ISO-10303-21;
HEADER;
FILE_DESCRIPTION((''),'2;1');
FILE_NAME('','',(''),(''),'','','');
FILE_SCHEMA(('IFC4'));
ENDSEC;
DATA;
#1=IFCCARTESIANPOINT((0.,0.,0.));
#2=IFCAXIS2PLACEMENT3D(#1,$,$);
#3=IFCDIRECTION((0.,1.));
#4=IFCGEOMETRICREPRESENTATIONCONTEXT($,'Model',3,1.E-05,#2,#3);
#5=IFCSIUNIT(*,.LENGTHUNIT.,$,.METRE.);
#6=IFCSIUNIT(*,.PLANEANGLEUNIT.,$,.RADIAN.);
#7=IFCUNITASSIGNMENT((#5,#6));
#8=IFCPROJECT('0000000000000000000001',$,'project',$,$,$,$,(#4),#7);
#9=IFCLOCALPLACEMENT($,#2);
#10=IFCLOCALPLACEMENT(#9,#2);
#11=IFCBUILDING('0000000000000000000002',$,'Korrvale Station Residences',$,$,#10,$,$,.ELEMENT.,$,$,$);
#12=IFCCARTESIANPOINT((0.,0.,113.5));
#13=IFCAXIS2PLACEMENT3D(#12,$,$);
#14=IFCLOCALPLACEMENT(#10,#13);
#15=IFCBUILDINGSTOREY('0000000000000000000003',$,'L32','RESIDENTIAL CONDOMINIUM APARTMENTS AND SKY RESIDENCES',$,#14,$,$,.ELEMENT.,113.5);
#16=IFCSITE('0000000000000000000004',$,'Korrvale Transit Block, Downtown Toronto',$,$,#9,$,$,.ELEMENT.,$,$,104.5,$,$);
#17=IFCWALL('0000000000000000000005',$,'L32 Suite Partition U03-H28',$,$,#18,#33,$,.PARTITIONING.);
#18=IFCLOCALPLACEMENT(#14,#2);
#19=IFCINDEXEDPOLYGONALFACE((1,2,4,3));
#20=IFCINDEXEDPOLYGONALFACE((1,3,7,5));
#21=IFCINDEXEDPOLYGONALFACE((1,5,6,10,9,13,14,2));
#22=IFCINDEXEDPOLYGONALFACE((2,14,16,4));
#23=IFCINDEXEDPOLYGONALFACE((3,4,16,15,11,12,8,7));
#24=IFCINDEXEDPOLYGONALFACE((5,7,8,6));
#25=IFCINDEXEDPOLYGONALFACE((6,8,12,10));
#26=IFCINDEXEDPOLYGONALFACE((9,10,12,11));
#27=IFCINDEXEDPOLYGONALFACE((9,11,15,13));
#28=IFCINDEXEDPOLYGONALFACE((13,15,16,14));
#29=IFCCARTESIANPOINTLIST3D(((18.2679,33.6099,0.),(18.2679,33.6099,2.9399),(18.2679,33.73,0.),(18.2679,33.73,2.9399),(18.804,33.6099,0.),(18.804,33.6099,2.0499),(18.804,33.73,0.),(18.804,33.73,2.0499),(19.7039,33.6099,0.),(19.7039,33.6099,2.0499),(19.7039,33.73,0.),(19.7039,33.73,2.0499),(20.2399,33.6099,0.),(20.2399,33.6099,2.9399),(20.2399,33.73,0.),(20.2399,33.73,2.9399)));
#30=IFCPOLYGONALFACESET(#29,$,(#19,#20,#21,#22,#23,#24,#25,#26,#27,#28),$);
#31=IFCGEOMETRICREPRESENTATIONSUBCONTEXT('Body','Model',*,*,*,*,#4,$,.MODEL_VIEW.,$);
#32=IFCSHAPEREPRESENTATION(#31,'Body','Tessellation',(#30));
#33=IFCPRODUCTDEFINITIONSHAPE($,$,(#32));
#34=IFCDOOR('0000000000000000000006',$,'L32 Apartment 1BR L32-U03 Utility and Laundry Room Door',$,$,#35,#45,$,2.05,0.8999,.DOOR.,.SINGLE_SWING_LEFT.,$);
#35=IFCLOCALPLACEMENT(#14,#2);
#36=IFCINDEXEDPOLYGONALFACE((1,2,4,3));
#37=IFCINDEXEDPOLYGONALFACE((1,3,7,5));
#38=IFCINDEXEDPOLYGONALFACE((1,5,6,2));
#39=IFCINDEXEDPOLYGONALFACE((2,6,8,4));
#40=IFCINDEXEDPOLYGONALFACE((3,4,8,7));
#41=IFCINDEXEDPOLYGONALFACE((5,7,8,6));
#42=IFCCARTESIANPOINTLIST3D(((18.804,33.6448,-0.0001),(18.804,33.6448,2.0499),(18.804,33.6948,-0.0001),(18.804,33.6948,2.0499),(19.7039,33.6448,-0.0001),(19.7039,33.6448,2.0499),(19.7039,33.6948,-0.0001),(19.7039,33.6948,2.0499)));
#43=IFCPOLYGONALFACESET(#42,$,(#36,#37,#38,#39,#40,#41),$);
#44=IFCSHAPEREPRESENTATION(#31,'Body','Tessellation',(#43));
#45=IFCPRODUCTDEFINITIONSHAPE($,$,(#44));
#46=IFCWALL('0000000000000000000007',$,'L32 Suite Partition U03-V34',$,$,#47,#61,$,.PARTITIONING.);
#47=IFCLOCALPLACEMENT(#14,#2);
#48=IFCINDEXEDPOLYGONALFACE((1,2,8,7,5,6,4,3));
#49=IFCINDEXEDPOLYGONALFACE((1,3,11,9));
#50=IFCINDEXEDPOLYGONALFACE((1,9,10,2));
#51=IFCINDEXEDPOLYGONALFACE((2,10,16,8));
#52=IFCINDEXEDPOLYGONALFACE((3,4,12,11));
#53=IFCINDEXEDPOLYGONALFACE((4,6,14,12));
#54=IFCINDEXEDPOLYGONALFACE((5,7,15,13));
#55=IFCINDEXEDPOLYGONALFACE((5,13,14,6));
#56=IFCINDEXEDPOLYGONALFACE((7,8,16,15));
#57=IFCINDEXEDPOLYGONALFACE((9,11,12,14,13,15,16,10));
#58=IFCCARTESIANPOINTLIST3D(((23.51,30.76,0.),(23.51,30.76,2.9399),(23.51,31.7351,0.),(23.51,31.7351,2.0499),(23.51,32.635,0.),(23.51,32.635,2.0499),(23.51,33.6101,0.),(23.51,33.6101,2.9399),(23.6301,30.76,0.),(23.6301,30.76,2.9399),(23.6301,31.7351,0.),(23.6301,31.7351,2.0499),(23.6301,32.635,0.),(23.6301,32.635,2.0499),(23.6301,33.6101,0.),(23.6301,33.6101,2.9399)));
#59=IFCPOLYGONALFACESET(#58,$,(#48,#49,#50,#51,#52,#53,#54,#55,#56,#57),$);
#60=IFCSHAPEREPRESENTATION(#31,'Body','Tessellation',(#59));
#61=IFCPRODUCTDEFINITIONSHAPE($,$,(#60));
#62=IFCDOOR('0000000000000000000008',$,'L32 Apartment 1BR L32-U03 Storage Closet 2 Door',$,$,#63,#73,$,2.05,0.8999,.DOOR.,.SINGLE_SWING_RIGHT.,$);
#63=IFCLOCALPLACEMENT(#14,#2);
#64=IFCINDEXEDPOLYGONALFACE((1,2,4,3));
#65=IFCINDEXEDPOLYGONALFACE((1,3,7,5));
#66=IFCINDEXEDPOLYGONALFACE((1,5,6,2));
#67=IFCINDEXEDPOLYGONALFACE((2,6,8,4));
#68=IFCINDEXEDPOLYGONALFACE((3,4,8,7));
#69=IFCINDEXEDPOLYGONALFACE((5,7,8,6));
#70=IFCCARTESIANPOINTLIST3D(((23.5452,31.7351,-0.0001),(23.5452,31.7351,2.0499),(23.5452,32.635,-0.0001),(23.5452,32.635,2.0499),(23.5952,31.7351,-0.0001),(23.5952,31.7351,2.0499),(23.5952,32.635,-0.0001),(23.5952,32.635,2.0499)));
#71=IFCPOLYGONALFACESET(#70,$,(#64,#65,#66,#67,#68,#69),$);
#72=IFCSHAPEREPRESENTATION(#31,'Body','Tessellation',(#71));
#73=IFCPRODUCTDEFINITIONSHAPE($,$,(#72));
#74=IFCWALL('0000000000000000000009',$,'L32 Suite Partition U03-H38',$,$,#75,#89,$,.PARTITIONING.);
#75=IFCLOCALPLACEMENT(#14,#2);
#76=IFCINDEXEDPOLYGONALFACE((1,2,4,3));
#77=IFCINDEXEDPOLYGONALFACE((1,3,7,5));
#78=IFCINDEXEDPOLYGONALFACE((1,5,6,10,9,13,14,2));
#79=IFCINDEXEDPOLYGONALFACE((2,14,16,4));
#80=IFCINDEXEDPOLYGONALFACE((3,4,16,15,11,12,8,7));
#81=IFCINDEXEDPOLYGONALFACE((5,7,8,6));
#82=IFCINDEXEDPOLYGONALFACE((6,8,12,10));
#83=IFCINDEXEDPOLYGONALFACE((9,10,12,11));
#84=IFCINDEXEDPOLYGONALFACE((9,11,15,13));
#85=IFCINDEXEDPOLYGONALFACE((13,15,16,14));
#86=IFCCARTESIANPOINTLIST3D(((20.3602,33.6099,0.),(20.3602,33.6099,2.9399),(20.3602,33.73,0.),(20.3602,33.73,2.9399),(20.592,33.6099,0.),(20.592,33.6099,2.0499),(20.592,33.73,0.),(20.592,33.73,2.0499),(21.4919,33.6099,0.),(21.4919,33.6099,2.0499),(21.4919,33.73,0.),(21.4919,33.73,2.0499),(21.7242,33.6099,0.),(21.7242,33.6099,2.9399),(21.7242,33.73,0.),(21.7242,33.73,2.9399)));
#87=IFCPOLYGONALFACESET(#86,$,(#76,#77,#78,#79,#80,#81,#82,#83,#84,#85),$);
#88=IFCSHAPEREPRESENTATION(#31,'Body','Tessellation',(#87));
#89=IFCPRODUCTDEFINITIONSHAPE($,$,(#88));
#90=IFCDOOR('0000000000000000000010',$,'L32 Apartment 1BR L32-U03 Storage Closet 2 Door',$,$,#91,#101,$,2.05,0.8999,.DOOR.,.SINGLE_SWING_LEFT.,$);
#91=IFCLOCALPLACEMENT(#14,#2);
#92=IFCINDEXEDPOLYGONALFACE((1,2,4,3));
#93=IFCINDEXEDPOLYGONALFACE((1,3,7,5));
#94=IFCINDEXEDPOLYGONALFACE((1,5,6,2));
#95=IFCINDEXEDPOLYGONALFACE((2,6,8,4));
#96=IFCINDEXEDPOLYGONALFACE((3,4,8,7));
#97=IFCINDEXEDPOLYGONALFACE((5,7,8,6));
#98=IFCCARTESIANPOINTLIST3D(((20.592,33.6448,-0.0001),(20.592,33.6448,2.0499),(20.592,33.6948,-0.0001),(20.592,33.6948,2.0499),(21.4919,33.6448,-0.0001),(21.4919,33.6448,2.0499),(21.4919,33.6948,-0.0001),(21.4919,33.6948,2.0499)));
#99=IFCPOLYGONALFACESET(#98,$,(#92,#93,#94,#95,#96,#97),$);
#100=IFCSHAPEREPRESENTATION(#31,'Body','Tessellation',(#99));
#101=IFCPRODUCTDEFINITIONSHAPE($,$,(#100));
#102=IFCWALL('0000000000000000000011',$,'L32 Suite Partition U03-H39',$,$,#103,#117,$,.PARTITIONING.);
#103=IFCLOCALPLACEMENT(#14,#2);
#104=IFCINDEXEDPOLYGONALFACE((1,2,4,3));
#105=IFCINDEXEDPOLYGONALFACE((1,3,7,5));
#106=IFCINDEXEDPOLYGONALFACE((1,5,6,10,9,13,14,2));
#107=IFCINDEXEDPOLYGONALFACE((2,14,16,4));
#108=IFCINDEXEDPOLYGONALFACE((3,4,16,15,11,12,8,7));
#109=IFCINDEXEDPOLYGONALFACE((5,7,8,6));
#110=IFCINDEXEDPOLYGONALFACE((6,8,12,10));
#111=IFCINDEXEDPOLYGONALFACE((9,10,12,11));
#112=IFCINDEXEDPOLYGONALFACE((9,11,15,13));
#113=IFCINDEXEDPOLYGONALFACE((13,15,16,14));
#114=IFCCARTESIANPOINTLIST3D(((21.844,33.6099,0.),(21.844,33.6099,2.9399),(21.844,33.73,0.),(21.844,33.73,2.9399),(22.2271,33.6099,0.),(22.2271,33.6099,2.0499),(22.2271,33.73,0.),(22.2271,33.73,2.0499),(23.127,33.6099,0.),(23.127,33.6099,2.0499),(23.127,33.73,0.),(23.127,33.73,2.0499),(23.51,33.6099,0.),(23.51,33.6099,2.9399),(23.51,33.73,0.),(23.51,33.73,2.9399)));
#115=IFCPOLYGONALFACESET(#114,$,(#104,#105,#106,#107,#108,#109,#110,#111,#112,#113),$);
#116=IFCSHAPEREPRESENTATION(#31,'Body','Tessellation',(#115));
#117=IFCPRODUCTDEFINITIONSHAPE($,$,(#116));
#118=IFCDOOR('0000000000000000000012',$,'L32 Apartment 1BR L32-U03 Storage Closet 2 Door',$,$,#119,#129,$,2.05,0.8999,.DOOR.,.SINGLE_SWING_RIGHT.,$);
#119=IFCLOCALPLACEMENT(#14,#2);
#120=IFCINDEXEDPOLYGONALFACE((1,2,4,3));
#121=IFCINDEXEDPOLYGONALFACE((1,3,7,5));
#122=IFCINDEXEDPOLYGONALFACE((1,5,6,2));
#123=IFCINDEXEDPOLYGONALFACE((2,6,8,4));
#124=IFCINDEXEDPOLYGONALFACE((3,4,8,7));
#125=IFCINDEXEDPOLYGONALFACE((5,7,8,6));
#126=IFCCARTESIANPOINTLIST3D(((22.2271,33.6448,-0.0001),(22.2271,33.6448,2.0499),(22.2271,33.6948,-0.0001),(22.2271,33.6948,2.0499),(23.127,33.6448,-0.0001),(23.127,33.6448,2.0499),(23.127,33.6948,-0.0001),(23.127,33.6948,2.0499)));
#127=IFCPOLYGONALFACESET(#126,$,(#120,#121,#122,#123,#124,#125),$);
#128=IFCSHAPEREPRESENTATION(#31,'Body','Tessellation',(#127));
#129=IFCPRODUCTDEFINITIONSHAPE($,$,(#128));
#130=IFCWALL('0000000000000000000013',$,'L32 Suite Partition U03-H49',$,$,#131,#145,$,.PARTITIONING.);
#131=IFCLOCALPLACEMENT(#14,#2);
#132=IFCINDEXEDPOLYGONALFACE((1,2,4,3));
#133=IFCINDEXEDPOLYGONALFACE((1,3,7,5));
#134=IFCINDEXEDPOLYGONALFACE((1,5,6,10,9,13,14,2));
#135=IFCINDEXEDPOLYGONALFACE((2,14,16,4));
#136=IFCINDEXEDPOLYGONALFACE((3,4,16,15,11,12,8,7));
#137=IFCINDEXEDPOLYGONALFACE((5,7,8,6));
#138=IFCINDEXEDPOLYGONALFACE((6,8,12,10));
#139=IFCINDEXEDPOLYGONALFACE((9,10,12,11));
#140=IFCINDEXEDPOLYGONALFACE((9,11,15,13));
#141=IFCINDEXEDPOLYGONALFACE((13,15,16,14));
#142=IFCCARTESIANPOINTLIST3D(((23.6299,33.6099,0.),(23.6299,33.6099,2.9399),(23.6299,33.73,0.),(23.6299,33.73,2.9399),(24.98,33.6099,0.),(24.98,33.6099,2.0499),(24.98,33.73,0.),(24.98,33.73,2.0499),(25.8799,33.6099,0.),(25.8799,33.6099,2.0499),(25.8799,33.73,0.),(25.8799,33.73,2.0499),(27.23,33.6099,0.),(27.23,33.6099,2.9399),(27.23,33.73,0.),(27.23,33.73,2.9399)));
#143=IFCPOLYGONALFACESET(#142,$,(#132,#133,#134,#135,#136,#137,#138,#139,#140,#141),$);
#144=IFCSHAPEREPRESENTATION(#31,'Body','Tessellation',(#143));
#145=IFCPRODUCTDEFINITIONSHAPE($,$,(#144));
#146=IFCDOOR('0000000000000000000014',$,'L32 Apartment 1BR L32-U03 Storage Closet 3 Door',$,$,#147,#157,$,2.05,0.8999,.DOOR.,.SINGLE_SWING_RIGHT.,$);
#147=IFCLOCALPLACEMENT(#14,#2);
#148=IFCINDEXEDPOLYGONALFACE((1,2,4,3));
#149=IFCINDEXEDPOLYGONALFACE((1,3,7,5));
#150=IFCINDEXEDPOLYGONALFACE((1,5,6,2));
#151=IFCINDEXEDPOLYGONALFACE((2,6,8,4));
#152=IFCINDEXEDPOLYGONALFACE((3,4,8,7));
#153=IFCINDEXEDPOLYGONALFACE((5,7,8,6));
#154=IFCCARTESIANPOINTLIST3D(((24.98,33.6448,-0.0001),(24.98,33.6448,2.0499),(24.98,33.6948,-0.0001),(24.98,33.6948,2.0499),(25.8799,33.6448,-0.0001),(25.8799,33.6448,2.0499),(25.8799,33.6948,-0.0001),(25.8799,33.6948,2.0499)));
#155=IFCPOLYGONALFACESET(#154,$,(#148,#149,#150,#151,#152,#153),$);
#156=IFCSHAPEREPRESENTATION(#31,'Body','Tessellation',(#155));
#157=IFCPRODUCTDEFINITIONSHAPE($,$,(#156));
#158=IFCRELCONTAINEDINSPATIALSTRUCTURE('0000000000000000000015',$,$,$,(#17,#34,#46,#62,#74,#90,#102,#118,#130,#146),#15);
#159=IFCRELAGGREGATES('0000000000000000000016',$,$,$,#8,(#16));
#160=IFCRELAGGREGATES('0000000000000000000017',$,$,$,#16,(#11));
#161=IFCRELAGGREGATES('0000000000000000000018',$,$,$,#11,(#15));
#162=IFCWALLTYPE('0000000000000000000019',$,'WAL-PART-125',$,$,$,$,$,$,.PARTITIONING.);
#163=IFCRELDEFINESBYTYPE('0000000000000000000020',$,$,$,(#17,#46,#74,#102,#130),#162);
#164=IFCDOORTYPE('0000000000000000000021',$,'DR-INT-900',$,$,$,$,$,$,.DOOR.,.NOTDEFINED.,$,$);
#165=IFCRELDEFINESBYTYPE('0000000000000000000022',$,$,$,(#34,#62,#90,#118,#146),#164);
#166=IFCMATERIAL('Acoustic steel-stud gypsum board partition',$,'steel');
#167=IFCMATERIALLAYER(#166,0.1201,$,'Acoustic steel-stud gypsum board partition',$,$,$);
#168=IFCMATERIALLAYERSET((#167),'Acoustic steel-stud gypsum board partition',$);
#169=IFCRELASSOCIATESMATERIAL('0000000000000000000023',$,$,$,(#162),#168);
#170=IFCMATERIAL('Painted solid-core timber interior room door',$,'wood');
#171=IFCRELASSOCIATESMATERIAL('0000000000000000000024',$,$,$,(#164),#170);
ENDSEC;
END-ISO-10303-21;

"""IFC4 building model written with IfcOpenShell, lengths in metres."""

from ifc_helpers import new_model, si_unit, direction, frame, frame_2d, origin, place, context, subcontext, project, spatial, rectangle, extrude, material, layer, layer_set, type_object, element, fill, save


model = new_model("IFC4")

# Units and contexts
model_context = context("Model", 3, precision=1e-05, world=origin(), true_north=direction((0.0, 1.0)))
body_context = subcontext(model_context, "Body", "Model", "MODEL_VIEW")
ifc_project = project(units=[si_unit("LENGTHUNIT", "METRE"), si_unit("PLANEANGLEUNIT", "RADIAN")], contexts=[model_context])

# Site, building, storey
site_placement = place(None, origin())
site = spatial("IfcSite", under=ifc_project, at=site_placement, Name="Korrvale Transit Block, Downtown Toronto", CompositionType="ELEMENT", RefElevation=104.5)
building_placement = place(site_placement, origin())
building = spatial("IfcBuilding", under=site, at=building_placement, Name="Korrvale Station Residences", CompositionType="ELEMENT")
storey_placement = place(building_placement, frame((0.0, 0.0, 113.5)))
storey = spatial("IfcBuildingStorey", under=building, at=storey_placement, Name="L32", Description="RESIDENTIAL CONDOMINIUM APARTMENTS AND SKY RESIDENCES", CompositionType="ELEMENT", Elevation=113.5)

# Walls, openings, doors
ifc_material_1 = material(Name="Acoustic steel-stud gypsum board partition", Category="steel")
ifc_layer = layer(ifc_material_1, 0.1201, Name="Acoustic steel-stud gypsum board partition")
ifc_layer_set = layer_set([ifc_layer], Name="Acoustic steel-stud gypsum board partition")
wall_type = type_object("IfcWallType", Name="WAL-PART-125", PredefinedType="PARTITIONING", material=ifc_layer_set)
ifc_material_2 = material(Name="Painted solid-core timber interior room door", Category="wood")
door_type = type_object("IfcDoorType", Name="DR-INT-900", OperationType="NOTDEFINED", PredefinedType="DOOR", material=ifc_material_2)
wall_1_placement = place(storey_placement, frame((18.2681, 33.6699, 0.0), z_axis=(0.0, 0.0, 1.0), x_axis=(1.0, 0.0, 0.0)))
wall_1 = element("IfcWall", 1, at=wall_1_placement, inside=storey, type_object=wall_type, Name="L32 Suite Partition U03-H28", PredefinedType="PARTITIONING", context=body_context, shape_type="SweptSolid", body=[
    extrude(rectangle(XDim=1.9719, YDim=0.1201, at=frame_2d((0.9858, 0.0))), origin(), (0.0, 0.0, 1.0), 2.9399),
])
opening_1_placement = place(wall_1_placement, frame((0.5359, 0.0, 0.0)))
opening_1 = element("IfcOpeningElement", 2, at=opening_1_placement, cuts=wall_1, PredefinedType="OPENING", context=body_context, shape_type="SweptSolid", body=[
    extrude(rectangle(XDim=0.8999, YDim=2.05, at=frame_2d((0.45, 1.0249))), frame((0.0, 0.0701, 0.0), z_axis=(0.0, -1.0, 0.0), x_axis=(1.0, 0.0, 0.0)), (0.0, 0.0, 1.0), 0.1401),
])
door_1_placement = place(opening_1_placement, origin())
door_1 = element("IfcDoor", 3, at=door_1_placement, inside=storey, type_object=door_type, Name="L32 Apartment 1BR L32-U03 Utility and Laundry Room Door", OperationType="SINGLE_SWING_LEFT", OverallHeight=2.05, OverallWidth=0.8999, PredefinedType="DOOR", context=body_context, shape_type="SweptSolid", body=[
    extrude(rectangle(XDim=0.8999, YDim=2.05, at=frame_2d((0.45, 1.0249))), frame((0.0, 0.0249, 0.0), z_axis=(0.0, -1.0, 0.0), x_axis=(1.0, 0.0, 0.0)), (0.0, 0.0, 1.0), 0.05),
])
fill(opening_1, door_1)
wall_2_placement = place(storey_placement, frame((23.5701, 30.76, 0.0), z_axis=(0.0, 0.0, 1.0), x_axis=(0.0, 1.0, 0.0)))
wall_2 = element("IfcWall", 4, at=wall_2_placement, inside=storey, type_object=wall_type, Name="L32 Suite Partition U03-V34", PredefinedType="PARTITIONING", context=body_context, shape_type="SweptSolid", body=[
    extrude(rectangle(XDim=2.8501, YDim=0.1201, at=frame_2d((1.425, 0.0))), origin(), (0.0, 0.0, 1.0), 2.9399),
])
opening_2_placement = place(wall_2_placement, frame((0.9751, 0.0, 0.0)))
opening_2 = element("IfcOpeningElement", 5, at=opening_2_placement, cuts=wall_2, PredefinedType="OPENING", context=body_context, shape_type="SweptSolid", body=[
    extrude(rectangle(XDim=0.8999, YDim=2.05, at=frame_2d((0.45, 1.0249))), frame((0.0, 0.0701, 0.0), z_axis=(0.0, -1.0, 0.0), x_axis=(1.0, 0.0, 0.0)), (0.0, 0.0, 1.0), 0.1401),
])
door_2_placement = place(opening_2_placement, origin())
door_2 = element("IfcDoor", 6, at=door_2_placement, inside=storey, type_object=door_type, Name="L32 Apartment 1BR L32-U03 Storage Closet 2 Door", OperationType="SINGLE_SWING_RIGHT", OverallHeight=2.05, OverallWidth=0.8999, PredefinedType="DOOR", context=body_context, shape_type="SweptSolid", body=[
    extrude(rectangle(XDim=0.8999, YDim=2.05, at=frame_2d((0.45, 1.0249))), frame((0.0, 0.0249, 0.0), z_axis=(0.0, -1.0, 0.0), x_axis=(1.0, 0.0, 0.0)), (0.0, 0.0, 1.0), 0.05),
])
fill(opening_2, door_2)
wall_3_placement = place(storey_placement, frame((20.3601, 33.6699, 0.0), z_axis=(0.0, 0.0, 1.0), x_axis=(1.0, 0.0, 0.0)))
wall_3 = element("IfcWall", 7, at=wall_3_placement, inside=storey, type_object=wall_type, Name="L32 Suite Partition U03-H38", PredefinedType="PARTITIONING", context=body_context, shape_type="SweptSolid", body=[
    extrude(rectangle(XDim=1.364, YDim=0.1201, at=frame_2d((0.6821, 0.0))), origin(), (0.0, 0.0, 1.0), 2.9399),
])
opening_3_placement = place(wall_3_placement, frame((0.2319, 0.0, 0.0)))
opening_3 = element("IfcOpeningElement", 8, at=opening_3_placement, cuts=wall_3, PredefinedType="OPENING", context=body_context, shape_type="SweptSolid", body=[
    extrude(rectangle(XDim=0.8999, YDim=2.05, at=frame_2d((0.45, 1.0249))), frame((0.0, 0.0701, 0.0), z_axis=(0.0, -1.0, 0.0), x_axis=(1.0, 0.0, 0.0)), (0.0, 0.0, 1.0), 0.1401),
])
door_3_placement = place(opening_3_placement, origin())
door_3 = element("IfcDoor", 9, at=door_3_placement, inside=storey, type_object=door_type, Name="L32 Apartment 1BR L32-U03 Storage Closet 2 Door", OperationType="SINGLE_SWING_LEFT", OverallHeight=2.05, OverallWidth=0.8999, PredefinedType="DOOR", context=body_context, shape_type="SweptSolid", body=[
    extrude(rectangle(XDim=0.8999, YDim=2.05, at=frame_2d((0.45, 1.0249))), frame((0.0, 0.0249, 0.0), z_axis=(0.0, -1.0, 0.0), x_axis=(1.0, 0.0, 0.0)), (0.0, 0.0, 1.0), 0.05),
])
fill(opening_3, door_3)
wall_4_placement = place(storey_placement, frame((21.844, 33.6699, 0.0), z_axis=(0.0, 0.0, 1.0), x_axis=(1.0, 0.0, 0.0)))
wall_4 = element("IfcWall", 10, at=wall_4_placement, inside=storey, type_object=wall_type, Name="L32 Suite Partition U03-H39", PredefinedType="PARTITIONING", context=body_context, shape_type="SweptSolid", body=[
    extrude(rectangle(XDim=1.666, YDim=0.1201, at=frame_2d((0.833, 0.0))), origin(), (0.0, 0.0, 1.0), 2.9399),
])
opening_4_placement = place(wall_4_placement, frame((0.3831, 0.0, 0.0)))
opening_4 = element("IfcOpeningElement", 11, at=opening_4_placement, cuts=wall_4, PredefinedType="OPENING", context=body_context, shape_type="SweptSolid", body=[
    extrude(rectangle(XDim=0.8999, YDim=2.05, at=frame_2d((0.45, 1.0249))), frame((0.0, 0.0701, 0.0), z_axis=(0.0, -1.0, 0.0), x_axis=(1.0, 0.0, 0.0)), (0.0, 0.0, 1.0), 0.1401),
])
door_4_placement = place(opening_4_placement, origin())
door_4 = element("IfcDoor", 12, at=door_4_placement, inside=storey, type_object=door_type, Name="L32 Apartment 1BR L32-U03 Storage Closet 2 Door", OperationType="SINGLE_SWING_RIGHT", OverallHeight=2.05, OverallWidth=0.8999, PredefinedType="DOOR", context=body_context, shape_type="SweptSolid", body=[
    extrude(rectangle(XDim=0.8999, YDim=2.05, at=frame_2d((0.45, 1.0249))), frame((0.0, 0.0249, 0.0), z_axis=(0.0, -1.0, 0.0), x_axis=(1.0, 0.0, 0.0)), (0.0, 0.0, 1.0), 0.05),
])
fill(opening_4, door_4)
wall_5_placement = place(storey_placement, frame((23.6299, 33.6699, 0.0), z_axis=(0.0, 0.0, 1.0), x_axis=(1.0, 0.0, 0.0)))
wall_5 = element("IfcWall", 13, at=wall_5_placement, inside=storey, type_object=wall_type, Name="L32 Suite Partition U03-H49", PredefinedType="PARTITIONING", context=body_context, shape_type="SweptSolid", body=[
    extrude(rectangle(XDim=3.6001, YDim=0.1201, at=frame_2d((1.8, 0.0))), origin(), (0.0, 0.0, 1.0), 2.9399),
])
opening_5_placement = place(wall_5_placement, frame((1.3501, 0.0, 0.0)))
opening_5 = element("IfcOpeningElement", 14, at=opening_5_placement, cuts=wall_5, PredefinedType="OPENING", context=body_context, shape_type="SweptSolid", body=[
    extrude(rectangle(XDim=0.8999, YDim=2.05, at=frame_2d((0.45, 1.0249))), frame((0.0, 0.0701, 0.0), z_axis=(0.0, -1.0, 0.0), x_axis=(1.0, 0.0, 0.0)), (0.0, 0.0, 1.0), 0.1401),
])
door_5_placement = place(opening_5_placement, origin())
door_5 = element("IfcDoor", 15, at=door_5_placement, inside=storey, type_object=door_type, Name="L32 Apartment 1BR L32-U03 Storage Closet 3 Door", OperationType="SINGLE_SWING_RIGHT", OverallHeight=2.05, OverallWidth=0.8999, PredefinedType="DOOR", context=body_context, shape_type="SweptSolid", body=[
    extrude(rectangle(XDim=0.8999, YDim=2.05, at=frame_2d((0.45, 1.0249))), frame((0.0, 0.0249, 0.0), z_axis=(0.0, -1.0, 0.0), x_axis=(1.0, 0.0, 0.0)), (0.0, 0.0, 1.0), 0.05),
])
fill(opening_5, door_5)

save(model, "model.ifc")
